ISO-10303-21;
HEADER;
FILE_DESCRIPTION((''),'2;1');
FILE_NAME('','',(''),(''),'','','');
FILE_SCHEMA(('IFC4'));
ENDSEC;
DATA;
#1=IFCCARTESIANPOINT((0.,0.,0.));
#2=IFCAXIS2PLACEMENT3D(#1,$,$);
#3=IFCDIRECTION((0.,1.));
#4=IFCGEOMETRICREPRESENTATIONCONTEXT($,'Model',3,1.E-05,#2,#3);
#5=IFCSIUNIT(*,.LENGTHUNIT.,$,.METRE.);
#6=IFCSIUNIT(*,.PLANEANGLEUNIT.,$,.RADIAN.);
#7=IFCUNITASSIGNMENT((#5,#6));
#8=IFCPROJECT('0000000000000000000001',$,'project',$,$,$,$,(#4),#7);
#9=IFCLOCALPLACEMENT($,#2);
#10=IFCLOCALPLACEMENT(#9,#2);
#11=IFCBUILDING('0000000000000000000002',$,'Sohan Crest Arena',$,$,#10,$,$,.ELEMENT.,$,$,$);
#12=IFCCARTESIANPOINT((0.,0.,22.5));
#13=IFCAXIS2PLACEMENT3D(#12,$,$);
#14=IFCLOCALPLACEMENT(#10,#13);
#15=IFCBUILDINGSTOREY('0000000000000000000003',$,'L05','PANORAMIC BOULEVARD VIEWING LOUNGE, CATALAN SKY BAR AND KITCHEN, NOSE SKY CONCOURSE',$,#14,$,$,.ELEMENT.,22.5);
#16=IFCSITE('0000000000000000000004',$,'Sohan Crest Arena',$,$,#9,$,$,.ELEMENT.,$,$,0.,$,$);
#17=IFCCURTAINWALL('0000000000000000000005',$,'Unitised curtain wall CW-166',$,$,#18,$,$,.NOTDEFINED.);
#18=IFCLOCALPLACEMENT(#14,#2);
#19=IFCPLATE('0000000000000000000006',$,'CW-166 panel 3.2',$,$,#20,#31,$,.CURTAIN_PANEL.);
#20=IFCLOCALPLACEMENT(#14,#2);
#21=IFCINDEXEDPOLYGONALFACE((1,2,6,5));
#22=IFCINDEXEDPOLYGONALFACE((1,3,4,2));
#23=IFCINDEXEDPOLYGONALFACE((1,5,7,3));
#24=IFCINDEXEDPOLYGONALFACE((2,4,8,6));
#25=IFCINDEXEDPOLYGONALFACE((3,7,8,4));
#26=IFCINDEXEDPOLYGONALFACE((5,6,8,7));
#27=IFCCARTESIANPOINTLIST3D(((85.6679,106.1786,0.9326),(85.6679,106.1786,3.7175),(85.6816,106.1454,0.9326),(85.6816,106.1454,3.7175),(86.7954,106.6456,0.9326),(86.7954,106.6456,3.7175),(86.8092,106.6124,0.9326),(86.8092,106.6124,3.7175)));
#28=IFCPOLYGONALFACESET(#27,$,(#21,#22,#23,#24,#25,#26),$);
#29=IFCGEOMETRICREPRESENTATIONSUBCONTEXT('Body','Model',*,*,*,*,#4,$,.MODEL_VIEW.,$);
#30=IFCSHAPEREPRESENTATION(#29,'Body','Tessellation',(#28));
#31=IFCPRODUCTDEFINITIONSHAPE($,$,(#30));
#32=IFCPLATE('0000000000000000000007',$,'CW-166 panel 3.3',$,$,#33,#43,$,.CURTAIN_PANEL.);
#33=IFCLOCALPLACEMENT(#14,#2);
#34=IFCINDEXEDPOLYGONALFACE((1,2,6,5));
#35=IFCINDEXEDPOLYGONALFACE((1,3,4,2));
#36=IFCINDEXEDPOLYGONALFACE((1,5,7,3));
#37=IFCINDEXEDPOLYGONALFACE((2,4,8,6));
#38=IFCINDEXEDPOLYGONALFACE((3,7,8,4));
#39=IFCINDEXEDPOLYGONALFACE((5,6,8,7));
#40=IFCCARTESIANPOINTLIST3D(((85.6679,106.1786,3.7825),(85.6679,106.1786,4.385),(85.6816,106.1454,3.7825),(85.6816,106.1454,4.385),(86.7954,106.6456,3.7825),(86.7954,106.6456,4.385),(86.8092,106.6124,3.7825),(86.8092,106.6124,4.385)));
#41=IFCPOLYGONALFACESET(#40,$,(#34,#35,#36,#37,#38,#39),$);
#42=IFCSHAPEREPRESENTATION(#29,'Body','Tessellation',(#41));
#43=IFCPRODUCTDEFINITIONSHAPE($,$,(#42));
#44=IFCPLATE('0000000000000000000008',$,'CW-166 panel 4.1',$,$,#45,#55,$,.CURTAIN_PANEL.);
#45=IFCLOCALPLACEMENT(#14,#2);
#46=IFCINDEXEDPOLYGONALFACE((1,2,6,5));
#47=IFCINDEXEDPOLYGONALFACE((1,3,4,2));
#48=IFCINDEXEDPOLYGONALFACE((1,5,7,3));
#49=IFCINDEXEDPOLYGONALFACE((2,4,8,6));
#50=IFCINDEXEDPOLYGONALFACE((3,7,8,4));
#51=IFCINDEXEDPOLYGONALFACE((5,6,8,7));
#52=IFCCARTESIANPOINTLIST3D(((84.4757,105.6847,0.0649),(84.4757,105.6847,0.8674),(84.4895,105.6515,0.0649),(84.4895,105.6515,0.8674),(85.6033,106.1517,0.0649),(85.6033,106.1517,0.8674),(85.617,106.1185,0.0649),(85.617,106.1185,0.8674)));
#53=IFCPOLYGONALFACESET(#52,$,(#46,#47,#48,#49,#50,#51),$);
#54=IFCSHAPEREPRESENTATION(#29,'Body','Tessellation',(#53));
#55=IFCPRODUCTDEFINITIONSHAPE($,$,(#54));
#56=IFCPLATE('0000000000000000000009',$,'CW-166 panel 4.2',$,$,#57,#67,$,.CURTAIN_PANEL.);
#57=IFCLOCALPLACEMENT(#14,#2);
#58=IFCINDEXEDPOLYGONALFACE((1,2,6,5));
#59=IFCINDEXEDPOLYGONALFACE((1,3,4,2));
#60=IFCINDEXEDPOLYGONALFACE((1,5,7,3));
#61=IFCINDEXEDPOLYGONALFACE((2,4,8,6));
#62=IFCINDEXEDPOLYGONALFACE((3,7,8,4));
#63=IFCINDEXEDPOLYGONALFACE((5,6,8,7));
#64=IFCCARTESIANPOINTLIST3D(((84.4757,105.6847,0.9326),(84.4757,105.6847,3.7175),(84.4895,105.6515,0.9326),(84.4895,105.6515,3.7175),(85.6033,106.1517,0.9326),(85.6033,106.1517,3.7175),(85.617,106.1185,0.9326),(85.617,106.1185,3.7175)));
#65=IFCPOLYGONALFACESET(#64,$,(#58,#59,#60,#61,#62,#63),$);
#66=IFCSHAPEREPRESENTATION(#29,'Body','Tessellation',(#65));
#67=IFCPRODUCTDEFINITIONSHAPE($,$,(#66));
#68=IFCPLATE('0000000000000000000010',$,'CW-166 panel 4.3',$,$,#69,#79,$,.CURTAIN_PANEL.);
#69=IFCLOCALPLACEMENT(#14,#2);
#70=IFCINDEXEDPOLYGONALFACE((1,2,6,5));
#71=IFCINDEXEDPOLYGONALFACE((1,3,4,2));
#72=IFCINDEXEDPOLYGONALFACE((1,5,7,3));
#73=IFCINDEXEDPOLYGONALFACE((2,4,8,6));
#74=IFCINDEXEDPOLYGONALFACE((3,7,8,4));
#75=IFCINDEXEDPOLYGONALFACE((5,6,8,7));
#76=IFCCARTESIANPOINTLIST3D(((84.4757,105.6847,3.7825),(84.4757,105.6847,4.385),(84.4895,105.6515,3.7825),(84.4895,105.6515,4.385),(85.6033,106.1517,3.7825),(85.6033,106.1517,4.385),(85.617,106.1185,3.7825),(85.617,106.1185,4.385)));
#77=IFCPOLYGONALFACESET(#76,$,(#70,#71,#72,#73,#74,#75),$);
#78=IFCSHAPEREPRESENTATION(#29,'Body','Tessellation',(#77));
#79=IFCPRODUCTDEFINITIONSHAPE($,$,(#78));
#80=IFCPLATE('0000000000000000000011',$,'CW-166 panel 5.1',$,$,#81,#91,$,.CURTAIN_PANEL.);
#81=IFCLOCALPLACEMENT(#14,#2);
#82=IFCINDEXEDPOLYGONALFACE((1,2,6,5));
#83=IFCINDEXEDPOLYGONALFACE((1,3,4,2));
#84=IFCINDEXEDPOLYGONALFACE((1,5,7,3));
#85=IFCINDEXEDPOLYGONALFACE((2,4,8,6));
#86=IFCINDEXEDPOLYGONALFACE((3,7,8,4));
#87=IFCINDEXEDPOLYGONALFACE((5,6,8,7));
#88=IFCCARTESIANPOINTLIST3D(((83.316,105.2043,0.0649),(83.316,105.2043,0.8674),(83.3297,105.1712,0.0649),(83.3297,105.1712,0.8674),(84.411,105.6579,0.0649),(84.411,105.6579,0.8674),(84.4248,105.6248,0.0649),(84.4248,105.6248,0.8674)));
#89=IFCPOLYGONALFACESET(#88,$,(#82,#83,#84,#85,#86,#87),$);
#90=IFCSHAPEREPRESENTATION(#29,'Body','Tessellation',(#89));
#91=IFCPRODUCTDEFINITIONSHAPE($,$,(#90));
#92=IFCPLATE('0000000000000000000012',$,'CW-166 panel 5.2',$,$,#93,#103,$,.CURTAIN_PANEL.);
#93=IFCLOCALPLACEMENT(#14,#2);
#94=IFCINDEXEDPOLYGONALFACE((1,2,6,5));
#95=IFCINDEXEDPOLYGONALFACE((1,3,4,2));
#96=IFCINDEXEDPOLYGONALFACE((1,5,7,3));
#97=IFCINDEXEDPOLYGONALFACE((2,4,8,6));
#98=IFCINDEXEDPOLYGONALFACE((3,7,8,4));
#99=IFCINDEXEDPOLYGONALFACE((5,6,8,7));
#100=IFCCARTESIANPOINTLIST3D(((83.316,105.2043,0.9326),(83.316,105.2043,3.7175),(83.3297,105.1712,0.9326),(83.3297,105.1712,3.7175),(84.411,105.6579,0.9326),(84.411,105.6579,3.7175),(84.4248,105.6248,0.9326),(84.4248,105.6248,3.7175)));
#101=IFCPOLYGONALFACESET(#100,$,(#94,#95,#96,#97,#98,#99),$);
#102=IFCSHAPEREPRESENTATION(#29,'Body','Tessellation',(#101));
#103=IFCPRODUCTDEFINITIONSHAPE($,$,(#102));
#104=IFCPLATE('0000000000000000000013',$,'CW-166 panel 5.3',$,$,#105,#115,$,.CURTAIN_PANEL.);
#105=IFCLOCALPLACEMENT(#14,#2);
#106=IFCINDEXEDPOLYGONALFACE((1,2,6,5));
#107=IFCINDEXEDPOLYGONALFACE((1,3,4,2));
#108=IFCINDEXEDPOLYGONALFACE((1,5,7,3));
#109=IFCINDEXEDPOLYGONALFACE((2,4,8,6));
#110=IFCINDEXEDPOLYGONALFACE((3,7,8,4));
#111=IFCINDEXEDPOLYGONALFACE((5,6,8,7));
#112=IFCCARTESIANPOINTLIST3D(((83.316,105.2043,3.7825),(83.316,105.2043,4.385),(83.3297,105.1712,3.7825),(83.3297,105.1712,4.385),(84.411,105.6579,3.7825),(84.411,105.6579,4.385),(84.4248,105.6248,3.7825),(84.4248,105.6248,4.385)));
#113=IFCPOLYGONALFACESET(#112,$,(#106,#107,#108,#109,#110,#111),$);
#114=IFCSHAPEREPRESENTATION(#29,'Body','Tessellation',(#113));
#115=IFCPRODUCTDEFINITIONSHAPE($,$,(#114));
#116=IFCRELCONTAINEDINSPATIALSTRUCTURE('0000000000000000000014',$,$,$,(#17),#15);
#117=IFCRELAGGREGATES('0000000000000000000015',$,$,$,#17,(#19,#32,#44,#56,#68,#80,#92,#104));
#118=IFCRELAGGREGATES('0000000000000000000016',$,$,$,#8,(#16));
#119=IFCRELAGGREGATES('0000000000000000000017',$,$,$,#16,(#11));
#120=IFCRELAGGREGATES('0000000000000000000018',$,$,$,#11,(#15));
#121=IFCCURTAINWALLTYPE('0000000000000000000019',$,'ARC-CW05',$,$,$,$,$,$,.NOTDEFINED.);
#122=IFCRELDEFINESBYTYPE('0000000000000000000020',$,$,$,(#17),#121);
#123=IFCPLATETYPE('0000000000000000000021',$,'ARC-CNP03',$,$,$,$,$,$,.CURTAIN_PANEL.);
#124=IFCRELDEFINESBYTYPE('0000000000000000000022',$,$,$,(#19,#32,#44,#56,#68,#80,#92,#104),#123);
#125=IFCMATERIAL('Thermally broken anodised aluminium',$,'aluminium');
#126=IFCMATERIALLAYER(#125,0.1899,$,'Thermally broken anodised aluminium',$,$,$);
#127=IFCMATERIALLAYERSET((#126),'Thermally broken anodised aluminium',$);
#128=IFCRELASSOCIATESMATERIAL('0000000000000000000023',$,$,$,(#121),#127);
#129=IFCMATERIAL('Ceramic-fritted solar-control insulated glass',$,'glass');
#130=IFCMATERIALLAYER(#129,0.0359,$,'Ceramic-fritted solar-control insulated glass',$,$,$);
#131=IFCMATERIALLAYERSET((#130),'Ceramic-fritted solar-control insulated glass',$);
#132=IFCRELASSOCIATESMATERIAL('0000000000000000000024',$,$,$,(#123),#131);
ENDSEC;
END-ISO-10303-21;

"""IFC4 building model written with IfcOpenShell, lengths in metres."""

from ifc_helpers import new_model, si_unit, direction, frame, origin, origin_2d, place, context, subcontext, project, spatial, rectangle, extrude, material, layer, layer_set, type_object, element, aggregate, save


model = new_model("IFC4")

# Units and contexts
model_context = context("Model", 3, precision=1e-05, world=origin(), true_north=direction((0.0, 1.0)))
body_context = subcontext(model_context, "Body", "Model", "MODEL_VIEW")
ifc_project = project(units=[si_unit("LENGTHUNIT", "METRE"), si_unit("PLANEANGLEUNIT", "RADIAN")], contexts=[model_context])

# Site, building, storey
site_placement = place(None, origin())
site = spatial("IfcSite", under=ifc_project, at=site_placement, Name="Sohan Crest Arena", CompositionType="ELEMENT", RefElevation=0.0)
building_placement = place(site_placement, origin())
building = spatial("IfcBuilding", under=site, at=building_placement, Name="Sohan Crest Arena", CompositionType="ELEMENT")
storey_placement = place(building_placement, frame((0.0, 0.0, 22.5)))
storey = spatial("IfcBuildingStorey", under=building, at=storey_placement, Name="L05", Description="PANORAMIC BOULEVARD VIEWING LOUNGE, CATALAN SKY BAR AND KITCHEN, NOSE SKY CONCOURSE", CompositionType="ELEMENT", Elevation=22.5)

# Curtain wall, plates
ifc_material_1 = material(Name="Thermally broken anodised aluminium", Category="aluminium")
ifc_layer_1 = layer(ifc_material_1, 0.1899, Name="Thermally broken anodised aluminium")
ifc_layer_set_1 = layer_set([ifc_layer_1], Name="Thermally broken anodised aluminium")
curtain_wall_type = type_object("IfcCurtainWallType", Name="ARC-CW05", PredefinedType="NOTDEFINED", material=ifc_layer_set_1)
curtain_wall_placement = place(storey_placement, origin())
curtain_wall = element("IfcCurtainWall", 1, at=curtain_wall_placement, inside=storey, type_object=curtain_wall_type, Name="Unitised curtain wall CW-166", PredefinedType="NOTDEFINED")
ifc_material_2 = material(Name="Ceramic-fritted solar-control insulated glass", Category="glass")
ifc_layer_2 = layer(ifc_material_2, 0.0359, Name="Ceramic-fritted solar-control insulated glass")
ifc_layer_set_2 = layer_set([ifc_layer_2], Name="Ceramic-fritted solar-control insulated glass")
plate_type = type_object("IfcPlateType", Name="ARC-CNP03", PredefinedType="CURTAIN_PANEL", material=ifc_layer_set_2)
plate_1_placement = place(storey_placement, frame((86.2385, 106.3955, 0.9326), z_axis=(0.0, 0.0, 1.0), x_axis=(-0.923886, -0.382667, 0.0)))
plate_1 = element("IfcPlate", 2, at=plate_1_placement, type_object=plate_type, Name="CW-166 panel 3.2", PredefinedType="CURTAIN_PANEL", context=body_context, shape_type="SweptSolid", body=[
    extrude(rectangle(XDim=1.2205, YDim=0.0359, at=origin_2d()), origin(), (0.0, 0.0, 1.0), 2.7849),
])
plate_2_placement = place(storey_placement, frame((86.2385, 106.3955, 3.7825), z_axis=(0.0, 0.0, 1.0), x_axis=(-0.923886, -0.382667, 0.0)))
plate_2 = element("IfcPlate", 3, at=plate_2_placement, type_object=plate_type, Name="CW-166 panel 3.3", PredefinedType="CURTAIN_PANEL", context=body_context, shape_type="SweptSolid", body=[
    extrude(rectangle(XDim=1.2205, YDim=0.0359, at=origin_2d()), origin(), (0.0, 0.0, 1.0), 0.6025),
])
plate_3_placement = place(storey_placement, frame((85.0464, 105.9016, 0.0649), z_axis=(0.0, 0.0, 1.0), x_axis=(-0.923886, -0.382667, 0.0)))
plate_3 = element("IfcPlate", 4, at=plate_3_placement, type_object=plate_type, Name="CW-166 panel 4.1", PredefinedType="CURTAIN_PANEL", context=body_context, shape_type="SweptSolid", body=[
    extrude(rectangle(XDim=1.2205, YDim=0.0359, at=origin_2d()), origin(), (0.0, 0.0, 1.0), 0.8025),
])
plate_4_placement = place(storey_placement, frame((85.0464, 105.9016, 0.9326), z_axis=(0.0, 0.0, 1.0), x_axis=(-0.923886, -0.382667, 0.0)))
plate_4 = element("IfcPlate", 5, at=plate_4_placement, type_object=plate_type, Name="CW-166 panel 4.2", PredefinedType="CURTAIN_PANEL", context=body_context, shape_type="SweptSolid", body=[
    extrude(rectangle(XDim=1.2205, YDim=0.0359, at=origin_2d()), origin(), (0.0, 0.0, 1.0), 2.7849),
])
plate_5_placement = place(storey_placement, frame((85.0464, 105.9016, 3.7825), z_axis=(0.0, 0.0, 1.0), x_axis=(-0.923886, -0.382667, 0.0)))
plate_5 = element("IfcPlate", 6, at=plate_5_placement, type_object=plate_type, Name="CW-166 panel 4.3", PredefinedType="CURTAIN_PANEL", context=body_context, shape_type="SweptSolid", body=[
    extrude(rectangle(XDim=1.2205, YDim=0.0359, at=origin_2d()), origin(), (0.0, 0.0, 1.0), 0.6025),
])
plate_6_placement = place(storey_placement, frame((83.8704, 105.4146, 0.0649), z_axis=(0.0, 0.0, 1.0), x_axis=(-0.923886, -0.382667, 0.0)))
plate_6 = element("IfcPlate", 7, at=plate_6_placement, type_object=plate_type, Name="CW-166 panel 5.1", PredefinedType="CURTAIN_PANEL", context=body_context, shape_type="SweptSolid", body=[
    extrude(rectangle(XDim=1.1853, YDim=0.0359, at=origin_2d()), origin(), (0.0, 0.0, 1.0), 0.8025),
])
plate_7_placement = place(storey_placement, frame((83.8704, 105.4146, 0.9326), z_axis=(0.0, 0.0, 1.0), x_axis=(-0.923886, -0.382667, 0.0)))
plate_7 = element("IfcPlate", 8, at=plate_7_placement, type_object=plate_type, Name="CW-166 panel 5.2", PredefinedType="CURTAIN_PANEL", context=body_context, shape_type="SweptSolid", body=[
    extrude(rectangle(XDim=1.1853, YDim=0.0359, at=origin_2d()), origin(), (0.0, 0.0, 1.0), 2.7849),
])
plate_8_placement = place(storey_placement, frame((83.8704, 105.4146, 3.7825), z_axis=(0.0, 0.0, 1.0), x_axis=(-0.923886, -0.382667, 0.0)))
plate_8 = element("IfcPlate", 9, at=plate_8_placement, type_object=plate_type, Name="CW-166 panel 5.3", PredefinedType="CURTAIN_PANEL", context=body_context, shape_type="SweptSolid", body=[
    extrude(rectangle(XDim=1.1853, YDim=0.0359, at=origin_2d()), origin(), (0.0, 0.0, 1.0), 0.6025),
])
aggregate(curtain_wall, [plate_1, plate_2, plate_3, plate_4, plate_5, plate_6, plate_7, plate_8])

save(model, "model.ifc")
